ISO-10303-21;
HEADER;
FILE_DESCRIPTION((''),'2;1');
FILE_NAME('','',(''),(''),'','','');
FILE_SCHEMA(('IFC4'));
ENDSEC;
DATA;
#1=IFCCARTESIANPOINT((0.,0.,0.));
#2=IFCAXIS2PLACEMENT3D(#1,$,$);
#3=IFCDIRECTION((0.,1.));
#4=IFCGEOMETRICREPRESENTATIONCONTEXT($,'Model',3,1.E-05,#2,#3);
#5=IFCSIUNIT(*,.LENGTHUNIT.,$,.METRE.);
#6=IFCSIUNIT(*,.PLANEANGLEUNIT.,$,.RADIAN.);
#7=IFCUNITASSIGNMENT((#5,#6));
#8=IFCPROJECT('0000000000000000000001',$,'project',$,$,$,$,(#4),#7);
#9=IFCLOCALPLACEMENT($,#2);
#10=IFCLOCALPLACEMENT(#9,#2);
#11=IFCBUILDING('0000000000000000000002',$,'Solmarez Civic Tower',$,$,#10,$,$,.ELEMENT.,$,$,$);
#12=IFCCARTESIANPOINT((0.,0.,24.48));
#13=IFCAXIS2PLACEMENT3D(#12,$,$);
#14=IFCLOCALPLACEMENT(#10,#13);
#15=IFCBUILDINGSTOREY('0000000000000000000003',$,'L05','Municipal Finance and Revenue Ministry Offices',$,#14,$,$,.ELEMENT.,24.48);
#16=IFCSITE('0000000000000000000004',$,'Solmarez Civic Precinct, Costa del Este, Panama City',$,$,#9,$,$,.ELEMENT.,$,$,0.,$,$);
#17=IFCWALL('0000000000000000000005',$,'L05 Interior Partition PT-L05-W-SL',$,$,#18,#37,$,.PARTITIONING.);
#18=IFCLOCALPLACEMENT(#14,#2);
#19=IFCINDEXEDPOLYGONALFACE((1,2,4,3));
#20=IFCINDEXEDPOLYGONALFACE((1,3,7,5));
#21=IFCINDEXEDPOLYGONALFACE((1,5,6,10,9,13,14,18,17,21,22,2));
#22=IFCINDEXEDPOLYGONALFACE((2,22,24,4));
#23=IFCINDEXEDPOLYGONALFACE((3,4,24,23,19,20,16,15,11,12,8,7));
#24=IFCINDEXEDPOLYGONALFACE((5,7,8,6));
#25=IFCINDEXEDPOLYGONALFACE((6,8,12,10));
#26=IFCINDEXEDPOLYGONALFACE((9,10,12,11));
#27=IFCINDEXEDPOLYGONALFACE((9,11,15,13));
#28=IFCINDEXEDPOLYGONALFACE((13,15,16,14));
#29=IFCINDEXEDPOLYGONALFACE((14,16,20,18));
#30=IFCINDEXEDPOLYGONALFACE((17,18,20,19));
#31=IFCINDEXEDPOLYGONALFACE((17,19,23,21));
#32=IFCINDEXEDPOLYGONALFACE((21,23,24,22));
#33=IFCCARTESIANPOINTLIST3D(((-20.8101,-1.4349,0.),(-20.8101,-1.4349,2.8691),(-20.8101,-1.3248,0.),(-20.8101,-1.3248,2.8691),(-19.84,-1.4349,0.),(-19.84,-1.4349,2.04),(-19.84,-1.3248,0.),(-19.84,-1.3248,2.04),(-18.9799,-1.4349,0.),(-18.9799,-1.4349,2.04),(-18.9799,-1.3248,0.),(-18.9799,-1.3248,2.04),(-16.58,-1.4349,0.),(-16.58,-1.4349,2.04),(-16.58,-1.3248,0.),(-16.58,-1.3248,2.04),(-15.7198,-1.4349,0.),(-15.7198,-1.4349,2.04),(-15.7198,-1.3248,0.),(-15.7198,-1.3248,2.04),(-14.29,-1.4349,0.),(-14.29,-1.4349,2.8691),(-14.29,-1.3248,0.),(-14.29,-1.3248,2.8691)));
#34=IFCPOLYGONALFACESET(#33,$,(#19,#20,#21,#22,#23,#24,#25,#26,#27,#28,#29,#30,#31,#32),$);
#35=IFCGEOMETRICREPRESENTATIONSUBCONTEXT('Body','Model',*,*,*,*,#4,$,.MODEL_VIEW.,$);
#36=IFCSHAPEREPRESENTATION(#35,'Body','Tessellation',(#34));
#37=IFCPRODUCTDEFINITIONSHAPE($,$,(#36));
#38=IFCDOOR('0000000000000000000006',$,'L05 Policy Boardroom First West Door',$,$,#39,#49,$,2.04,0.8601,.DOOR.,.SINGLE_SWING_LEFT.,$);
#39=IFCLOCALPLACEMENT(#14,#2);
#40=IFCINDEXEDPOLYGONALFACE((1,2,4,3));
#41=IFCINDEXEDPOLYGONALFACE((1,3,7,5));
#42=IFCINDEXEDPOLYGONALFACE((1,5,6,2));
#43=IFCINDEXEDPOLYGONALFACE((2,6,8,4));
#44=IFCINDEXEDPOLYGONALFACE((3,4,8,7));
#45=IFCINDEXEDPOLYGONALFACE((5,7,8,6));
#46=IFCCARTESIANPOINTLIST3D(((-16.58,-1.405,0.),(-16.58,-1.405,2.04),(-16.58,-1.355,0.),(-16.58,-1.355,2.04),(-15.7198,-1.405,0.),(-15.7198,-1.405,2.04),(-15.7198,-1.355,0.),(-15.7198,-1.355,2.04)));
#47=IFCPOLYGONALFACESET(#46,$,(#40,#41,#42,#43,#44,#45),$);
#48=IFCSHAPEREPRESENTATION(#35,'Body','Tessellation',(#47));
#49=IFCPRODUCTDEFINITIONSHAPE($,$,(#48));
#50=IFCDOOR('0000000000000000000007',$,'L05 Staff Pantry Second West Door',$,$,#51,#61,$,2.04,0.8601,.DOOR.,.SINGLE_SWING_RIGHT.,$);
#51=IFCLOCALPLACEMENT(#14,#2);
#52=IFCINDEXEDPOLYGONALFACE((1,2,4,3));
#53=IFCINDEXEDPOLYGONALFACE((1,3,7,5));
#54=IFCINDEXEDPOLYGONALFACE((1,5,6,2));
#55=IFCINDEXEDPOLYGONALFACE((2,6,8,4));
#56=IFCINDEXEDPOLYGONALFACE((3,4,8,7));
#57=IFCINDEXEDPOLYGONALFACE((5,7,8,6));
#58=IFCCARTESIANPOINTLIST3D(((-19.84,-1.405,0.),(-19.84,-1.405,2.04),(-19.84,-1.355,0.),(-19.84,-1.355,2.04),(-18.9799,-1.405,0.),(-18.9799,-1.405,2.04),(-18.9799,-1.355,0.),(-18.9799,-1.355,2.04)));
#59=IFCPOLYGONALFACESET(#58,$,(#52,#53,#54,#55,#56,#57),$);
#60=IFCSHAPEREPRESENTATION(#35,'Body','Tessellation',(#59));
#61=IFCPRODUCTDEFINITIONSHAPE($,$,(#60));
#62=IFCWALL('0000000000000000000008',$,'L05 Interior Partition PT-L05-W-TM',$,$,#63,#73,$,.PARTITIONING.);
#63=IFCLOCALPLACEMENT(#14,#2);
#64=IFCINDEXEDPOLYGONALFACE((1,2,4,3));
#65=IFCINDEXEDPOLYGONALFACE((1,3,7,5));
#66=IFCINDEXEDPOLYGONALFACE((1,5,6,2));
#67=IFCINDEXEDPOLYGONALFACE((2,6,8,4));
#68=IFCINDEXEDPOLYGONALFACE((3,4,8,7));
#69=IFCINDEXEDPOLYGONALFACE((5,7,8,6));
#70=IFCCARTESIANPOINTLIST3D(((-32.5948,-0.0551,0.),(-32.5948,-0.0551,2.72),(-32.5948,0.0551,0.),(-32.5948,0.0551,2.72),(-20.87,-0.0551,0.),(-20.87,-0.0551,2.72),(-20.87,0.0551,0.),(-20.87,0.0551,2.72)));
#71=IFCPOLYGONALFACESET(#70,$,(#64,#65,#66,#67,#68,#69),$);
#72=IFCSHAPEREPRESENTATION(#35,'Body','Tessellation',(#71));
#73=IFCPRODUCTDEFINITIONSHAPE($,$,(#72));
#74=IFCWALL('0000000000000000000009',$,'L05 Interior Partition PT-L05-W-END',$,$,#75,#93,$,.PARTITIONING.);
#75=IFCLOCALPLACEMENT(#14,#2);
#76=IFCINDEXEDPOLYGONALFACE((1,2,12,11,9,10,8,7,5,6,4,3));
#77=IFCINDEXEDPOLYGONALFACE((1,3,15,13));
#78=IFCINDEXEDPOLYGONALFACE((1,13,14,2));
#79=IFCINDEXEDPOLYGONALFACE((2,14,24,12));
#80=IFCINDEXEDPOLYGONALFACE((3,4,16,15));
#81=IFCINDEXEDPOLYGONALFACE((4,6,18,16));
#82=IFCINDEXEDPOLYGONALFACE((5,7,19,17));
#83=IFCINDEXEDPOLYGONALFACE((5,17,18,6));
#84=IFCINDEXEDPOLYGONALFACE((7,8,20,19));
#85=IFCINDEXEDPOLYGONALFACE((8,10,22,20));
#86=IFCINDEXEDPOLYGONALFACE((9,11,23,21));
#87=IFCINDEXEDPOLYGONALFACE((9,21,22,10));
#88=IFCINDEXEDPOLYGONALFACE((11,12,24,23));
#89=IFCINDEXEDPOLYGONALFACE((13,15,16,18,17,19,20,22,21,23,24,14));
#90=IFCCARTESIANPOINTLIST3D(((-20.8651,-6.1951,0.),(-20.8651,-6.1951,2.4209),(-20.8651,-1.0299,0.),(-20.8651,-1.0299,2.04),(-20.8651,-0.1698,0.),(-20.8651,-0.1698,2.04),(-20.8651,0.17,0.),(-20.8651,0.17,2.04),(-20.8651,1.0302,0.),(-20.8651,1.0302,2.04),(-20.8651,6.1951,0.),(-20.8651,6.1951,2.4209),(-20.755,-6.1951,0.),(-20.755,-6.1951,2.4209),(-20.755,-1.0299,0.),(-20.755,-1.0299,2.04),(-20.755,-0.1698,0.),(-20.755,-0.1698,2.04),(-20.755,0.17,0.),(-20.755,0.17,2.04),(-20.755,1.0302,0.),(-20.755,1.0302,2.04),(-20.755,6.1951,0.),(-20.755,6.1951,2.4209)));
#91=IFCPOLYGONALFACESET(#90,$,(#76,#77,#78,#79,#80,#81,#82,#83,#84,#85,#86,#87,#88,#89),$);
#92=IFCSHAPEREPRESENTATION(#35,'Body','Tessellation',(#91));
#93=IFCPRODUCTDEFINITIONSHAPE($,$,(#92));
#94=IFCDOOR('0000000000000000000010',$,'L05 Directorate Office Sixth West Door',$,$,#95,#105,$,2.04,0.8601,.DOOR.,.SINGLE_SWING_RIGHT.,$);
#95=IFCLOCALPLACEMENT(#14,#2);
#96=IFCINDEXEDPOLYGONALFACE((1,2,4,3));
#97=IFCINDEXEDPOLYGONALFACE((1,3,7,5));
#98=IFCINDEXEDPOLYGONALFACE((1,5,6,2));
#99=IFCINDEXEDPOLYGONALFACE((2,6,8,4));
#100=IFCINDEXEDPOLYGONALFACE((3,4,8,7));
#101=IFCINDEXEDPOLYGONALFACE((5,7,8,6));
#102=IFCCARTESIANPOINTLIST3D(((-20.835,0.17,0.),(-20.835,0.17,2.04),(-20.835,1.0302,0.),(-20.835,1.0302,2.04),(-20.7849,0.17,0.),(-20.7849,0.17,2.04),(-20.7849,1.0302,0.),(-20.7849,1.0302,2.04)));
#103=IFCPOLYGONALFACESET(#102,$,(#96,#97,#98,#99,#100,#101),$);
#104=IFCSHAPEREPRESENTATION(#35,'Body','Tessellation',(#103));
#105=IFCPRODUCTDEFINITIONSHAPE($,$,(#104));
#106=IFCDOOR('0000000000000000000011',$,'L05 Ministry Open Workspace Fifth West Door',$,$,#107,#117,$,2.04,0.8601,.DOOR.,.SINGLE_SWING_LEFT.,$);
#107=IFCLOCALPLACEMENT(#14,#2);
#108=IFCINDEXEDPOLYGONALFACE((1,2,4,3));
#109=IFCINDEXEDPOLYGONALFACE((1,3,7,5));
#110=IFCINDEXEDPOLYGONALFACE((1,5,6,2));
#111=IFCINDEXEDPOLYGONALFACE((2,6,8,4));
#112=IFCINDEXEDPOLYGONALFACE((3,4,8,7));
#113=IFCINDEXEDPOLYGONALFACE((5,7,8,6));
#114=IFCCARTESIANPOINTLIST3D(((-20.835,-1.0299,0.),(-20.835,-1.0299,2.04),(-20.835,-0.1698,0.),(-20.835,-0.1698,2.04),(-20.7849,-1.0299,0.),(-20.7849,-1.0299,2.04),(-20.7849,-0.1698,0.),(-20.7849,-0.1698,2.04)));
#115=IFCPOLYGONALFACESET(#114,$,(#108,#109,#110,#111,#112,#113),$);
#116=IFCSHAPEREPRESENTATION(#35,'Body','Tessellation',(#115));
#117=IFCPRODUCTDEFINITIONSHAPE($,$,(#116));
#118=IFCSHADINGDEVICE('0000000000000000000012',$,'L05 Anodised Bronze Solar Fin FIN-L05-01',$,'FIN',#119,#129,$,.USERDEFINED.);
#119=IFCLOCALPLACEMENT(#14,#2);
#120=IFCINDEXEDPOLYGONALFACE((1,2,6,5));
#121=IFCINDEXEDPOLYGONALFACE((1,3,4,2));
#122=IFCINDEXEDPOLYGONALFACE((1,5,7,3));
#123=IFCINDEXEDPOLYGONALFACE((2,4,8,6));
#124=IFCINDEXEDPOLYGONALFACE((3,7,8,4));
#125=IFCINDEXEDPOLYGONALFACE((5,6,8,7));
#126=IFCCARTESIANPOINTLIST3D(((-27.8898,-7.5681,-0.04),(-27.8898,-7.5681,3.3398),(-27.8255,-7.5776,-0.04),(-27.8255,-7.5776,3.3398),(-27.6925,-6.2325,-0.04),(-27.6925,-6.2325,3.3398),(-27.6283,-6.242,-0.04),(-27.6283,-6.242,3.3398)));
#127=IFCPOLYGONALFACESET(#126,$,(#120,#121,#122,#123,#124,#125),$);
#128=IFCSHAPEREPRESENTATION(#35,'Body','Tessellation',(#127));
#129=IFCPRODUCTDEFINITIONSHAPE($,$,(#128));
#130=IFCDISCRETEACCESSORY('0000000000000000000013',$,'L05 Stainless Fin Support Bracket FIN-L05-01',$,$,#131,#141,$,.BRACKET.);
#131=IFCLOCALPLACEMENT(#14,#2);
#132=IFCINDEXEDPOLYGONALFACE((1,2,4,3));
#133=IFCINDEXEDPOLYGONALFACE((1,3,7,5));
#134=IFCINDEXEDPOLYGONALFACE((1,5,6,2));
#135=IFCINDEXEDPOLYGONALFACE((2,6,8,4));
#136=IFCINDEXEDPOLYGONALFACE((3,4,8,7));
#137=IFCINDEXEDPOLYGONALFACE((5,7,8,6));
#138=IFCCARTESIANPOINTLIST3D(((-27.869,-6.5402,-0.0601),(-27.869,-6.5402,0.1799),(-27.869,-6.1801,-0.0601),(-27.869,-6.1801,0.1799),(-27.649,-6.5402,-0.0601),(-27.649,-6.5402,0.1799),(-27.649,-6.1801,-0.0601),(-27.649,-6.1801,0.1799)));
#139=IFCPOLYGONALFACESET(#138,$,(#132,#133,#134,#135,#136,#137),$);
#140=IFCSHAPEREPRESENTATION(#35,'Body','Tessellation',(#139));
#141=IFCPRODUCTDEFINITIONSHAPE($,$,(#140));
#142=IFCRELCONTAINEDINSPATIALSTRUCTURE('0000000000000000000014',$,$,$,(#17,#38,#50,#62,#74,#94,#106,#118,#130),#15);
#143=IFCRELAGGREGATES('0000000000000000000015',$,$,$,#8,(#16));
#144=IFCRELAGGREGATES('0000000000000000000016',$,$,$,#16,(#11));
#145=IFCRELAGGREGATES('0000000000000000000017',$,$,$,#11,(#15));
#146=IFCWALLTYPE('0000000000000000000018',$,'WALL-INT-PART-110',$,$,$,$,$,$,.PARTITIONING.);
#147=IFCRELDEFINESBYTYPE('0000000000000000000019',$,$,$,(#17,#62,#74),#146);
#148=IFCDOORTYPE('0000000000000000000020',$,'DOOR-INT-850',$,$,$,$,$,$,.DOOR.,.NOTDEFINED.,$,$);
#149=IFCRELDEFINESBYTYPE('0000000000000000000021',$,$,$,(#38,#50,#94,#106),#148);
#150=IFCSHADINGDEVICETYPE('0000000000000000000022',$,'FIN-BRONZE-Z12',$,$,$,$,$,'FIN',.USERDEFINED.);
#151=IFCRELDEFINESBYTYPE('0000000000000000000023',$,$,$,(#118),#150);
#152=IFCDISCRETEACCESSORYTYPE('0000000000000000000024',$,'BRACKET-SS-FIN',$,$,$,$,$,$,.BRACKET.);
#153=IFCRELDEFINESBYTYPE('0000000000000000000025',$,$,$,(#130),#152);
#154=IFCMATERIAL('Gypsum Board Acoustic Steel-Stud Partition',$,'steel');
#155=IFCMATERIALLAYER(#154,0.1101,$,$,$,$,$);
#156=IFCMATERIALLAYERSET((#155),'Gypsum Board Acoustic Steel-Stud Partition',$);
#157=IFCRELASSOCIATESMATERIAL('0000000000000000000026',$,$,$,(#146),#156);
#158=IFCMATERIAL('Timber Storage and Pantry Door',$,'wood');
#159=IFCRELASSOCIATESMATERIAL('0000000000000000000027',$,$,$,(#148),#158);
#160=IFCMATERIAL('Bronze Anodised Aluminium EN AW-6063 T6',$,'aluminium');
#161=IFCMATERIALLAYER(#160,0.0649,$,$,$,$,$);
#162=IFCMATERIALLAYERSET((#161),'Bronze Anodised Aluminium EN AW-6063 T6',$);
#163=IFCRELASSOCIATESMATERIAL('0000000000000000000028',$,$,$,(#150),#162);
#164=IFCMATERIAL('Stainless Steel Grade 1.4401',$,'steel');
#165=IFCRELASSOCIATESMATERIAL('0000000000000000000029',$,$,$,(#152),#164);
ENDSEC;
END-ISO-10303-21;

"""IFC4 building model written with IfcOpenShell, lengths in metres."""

from ifc_helpers import new_model, si_unit, direction, frame, frame_2d, origin, origin_2d, place, context, subcontext, project, spatial, rectangle, extrude, material, layer, layer_set, type_object, element, fill, save


model = new_model("IFC4")

# Units and contexts
model_context = context("Model", 3, precision=1e-05, world=origin(), true_north=direction((0.0, 1.0)))
body_context = subcontext(model_context, "Body", "Model", "MODEL_VIEW")
ifc_project = project(units=[si_unit("LENGTHUNIT", "METRE"), si_unit("PLANEANGLEUNIT", "RADIAN")], contexts=[model_context])

# Site, building, storey
site_placement = place(None, origin())
site = spatial("IfcSite", under=ifc_project, at=site_placement, Name="Solmarez Civic Precinct, Costa del Este, Panama City", CompositionType="ELEMENT", RefElevation=0.0)
building_placement = place(site_placement, origin())
building = spatial("IfcBuilding", under=site, at=building_placement, Name="Solmarez Civic Tower", CompositionType="ELEMENT")
storey_placement = place(building_placement, frame((0.0, 0.0, 24.48)))
storey = spatial("IfcBuildingStorey", under=building, at=storey_placement, Name="L05", Description="Municipal Finance and Revenue Ministry Offices", CompositionType="ELEMENT", Elevation=24.48)

# Shared definitions
ifc_material_1 = material(Name="Gypsum Board Acoustic Steel-Stud Partition", Category="steel")
ifc_layer_1 = layer(ifc_material_1, 0.1101)
ifc_layer_set_1 = layer_set([ifc_layer_1], Name="Gypsum Board Acoustic Steel-Stud Partition")
wall_type_1 = type_object("IfcWallType", Name="WALL-INT-PART-110", PredefinedType="PARTITIONING", material=ifc_layer_set_1)

# Wall, openings, doors
wall_1_placement = place(storey_placement, frame((-20.8101, -1.3799, 0.0), z_axis=(0.0, 0.0, 1.0), x_axis=(1.0, 0.0, 0.0)))
wall_1 = element("IfcWall", 1, at=wall_1_placement, inside=storey, type_object=wall_type_1, Name="L05 Interior Partition PT-L05-W-SL", PredefinedType="PARTITIONING", context=body_context, shape_type="SweptSolid", body=[
    extrude(rectangle(XDim=6.52, YDim=0.1101, at=frame_2d((3.26, 0.0))), origin(), (0.0, 0.0, 1.0), 2.8691),
])
opening_1_placement = place(wall_1_placement, frame((4.23, 0.0, 0.0)))
opening_1 = element("IfcOpeningElement", 2, at=opening_1_placement, cuts=wall_1, PredefinedType="OPENING", context=body_context, shape_type="SweptSolid", body=[
    extrude(rectangle(XDim=0.8601, YDim=2.04, at=frame_2d((0.4302, 1.02))), frame((0.0, 0.0649, 0.0), z_axis=(0.0, -1.0, 0.0), x_axis=(1.0, 0.0, 0.0)), (0.0, 0.0, 1.0), 0.1301),
])
opening_2_placement = place(wall_1_placement, frame((0.97, 0.0, 0.0)))
opening_2 = element("IfcOpeningElement", 3, at=opening_2_placement, cuts=wall_1, PredefinedType="OPENING", context=body_context, shape_type="SweptSolid", body=[
    extrude(rectangle(XDim=0.8601, YDim=2.04, at=frame_2d((0.4302, 1.02))), frame((0.0, 0.0649, 0.0), z_axis=(0.0, -1.0, 0.0), x_axis=(1.0, 0.0, 0.0)), (0.0, 0.0, 1.0), 0.1301),
])
ifc_material_2 = material(Name="Timber Storage and Pantry Door", Category="wood")
door_type = type_object("IfcDoorType", Name="DOOR-INT-850", OperationType="NOTDEFINED", PredefinedType="DOOR", material=ifc_material_2)
door_1_placement = place(opening_1_placement, origin())
door_1 = element("IfcDoor", 4, at=door_1_placement, inside=storey, type_object=door_type, Name="L05 Policy Boardroom First West Door", OperationType="SINGLE_SWING_LEFT", OverallHeight=2.04, OverallWidth=0.8601, PredefinedType="DOOR", context=body_context, shape_type="SweptSolid", body=[
    extrude(rectangle(XDim=0.8601, YDim=2.04, at=frame_2d((0.4302, 1.02))), frame((0.0, 0.0249, 0.0), z_axis=(0.0, -1.0, 0.0), x_axis=(1.0, 0.0, 0.0)), (0.0, 0.0, 1.0), 0.05),
])
fill(opening_1, door_1)
door_2_placement = place(opening_2_placement, origin())
door_2 = element("IfcDoor", 5, at=door_2_placement, inside=storey, type_object=door_type, Name="L05 Staff Pantry Second West Door", OperationType="SINGLE_SWING_RIGHT", OverallHeight=2.04, OverallWidth=0.8601, PredefinedType="DOOR", context=body_context, shape_type="SweptSolid", body=[
    extrude(rectangle(XDim=0.8601, YDim=2.04, at=frame_2d((0.4302, 1.02))), frame((0.0, 0.0249, 0.0), z_axis=(0.0, -1.0, 0.0), x_axis=(1.0, 0.0, 0.0)), (0.0, 0.0, 1.0), 0.05),
])
fill(opening_2, door_2)

# Wall
wall_2_placement = place(storey_placement, frame((-20.8701, 0.0, 0.0), z_axis=(0.0, 0.0, 1.0), x_axis=(-1.0, 0.0, 0.0)))
element("IfcWall", 6, at=wall_2_placement, inside=storey, type_object=wall_type_1, Name="L05 Interior Partition PT-L05-W-TM", PredefinedType="PARTITIONING", context=body_context, shape_type="SweptSolid", body=[
    extrude(rectangle(XDim=11.7249, YDim=0.1101, at=frame_2d((5.8623, 0.0))), origin(), (0.0, 0.0, 1.0), 2.72),
])

# Wall, openings, doors
wall_3_placement = place(storey_placement, frame((-20.8101, -6.1951, 0.0), z_axis=(0.0, 0.0, 1.0), x_axis=(0.0, 1.0, 0.0)))
wall_3 = element("IfcWall", 7, at=wall_3_placement, inside=storey, type_object=wall_type_1, Name="L05 Interior Partition PT-L05-W-END", PredefinedType="PARTITIONING", context=body_context, shape_type="SweptSolid", body=[
    extrude(rectangle(XDim=12.3901, YDim=0.1101, at=frame_2d((6.1951, 0.0))), origin(), (0.0, 0.0, 1.0), 2.4209),
])
opening_3_placement = place(wall_3_placement, frame((6.365, 0.0, 0.0)))
opening_3 = element("IfcOpeningElement", 8, at=opening_3_placement, cuts=wall_3, PredefinedType="OPENING", context=body_context, shape_type="SweptSolid", body=[
    extrude(rectangle(XDim=0.8601, YDim=2.04, at=frame_2d((0.4302, 1.02))), frame((0.0, 0.0649, 0.0), z_axis=(0.0, -1.0, 0.0), x_axis=(1.0, 0.0, 0.0)), (0.0, 0.0, 1.0), 0.1301),
])
opening_4_placement = place(wall_3_placement, frame((5.165, 0.0, 0.0)))
opening_4 = element("IfcOpeningElement", 9, at=opening_4_placement, cuts=wall_3, PredefinedType="OPENING", context=body_context, shape_type="SweptSolid", body=[
    extrude(rectangle(XDim=0.8601, YDim=2.04, at=frame_2d((0.4302, 1.02))), frame((0.0, 0.0649, 0.0), z_axis=(0.0, -1.0, 0.0), x_axis=(1.0, 0.0, 0.0)), (0.0, 0.0, 1.0), 0.1301),
])
door_3_placement = place(opening_3_placement, origin())
door_3 = element("IfcDoor", 10, at=door_3_placement, inside=storey, type_object=door_type, Name="L05 Directorate Office Sixth West Door", OperationType="SINGLE_SWING_RIGHT", OverallHeight=2.04, OverallWidth=0.8601, PredefinedType="DOOR", context=body_context, shape_type="SweptSolid", body=[
    extrude(rectangle(XDim=0.8601, YDim=2.04, at=frame_2d((0.4302, 1.02))), frame((0.0, 0.0249, 0.0), z_axis=(0.0, -1.0, 0.0), x_axis=(1.0, 0.0, 0.0)), (0.0, 0.0, 1.0), 0.05),
])
fill(opening_3, door_3)
door_4_placement = place(opening_4_placement, origin())
door_4 = element("IfcDoor", 11, at=door_4_placement, inside=storey, type_object=door_type, Name="L05 Ministry Open Workspace Fifth West Door", OperationType="SINGLE_SWING_LEFT", OverallHeight=2.04, OverallWidth=0.8601, PredefinedType="DOOR", context=body_context, shape_type="SweptSolid", body=[
    extrude(rectangle(XDim=0.8601, YDim=2.04, at=frame_2d((0.4302, 1.02))), frame((0.0, 0.0249, 0.0), z_axis=(0.0, -1.0, 0.0), x_axis=(1.0, 0.0, 0.0)), (0.0, 0.0, 1.0), 0.05),
])
fill(opening_4, door_4)

# Shading device
ifc_material_3 = material(Name="Bronze Anodised Aluminium EN AW-6063 T6", Category="aluminium")
ifc_layer_2 = layer(ifc_material_3, 0.0649)
ifc_layer_set_2 = layer_set([ifc_layer_2], Name="Bronze Anodised Aluminium EN AW-6063 T6")
shading_device_type = type_object("IfcShadingDeviceType", Name="FIN-BRONZE-Z12", ElementType="FIN", PredefinedType="USERDEFINED", material=ifc_layer_set_2)
shading_device_placement = place(storey_placement, frame((-27.759, -6.905, -0.04), z_axis=(0.0, 0.0, 1.0), x_axis=(-0.146083, -0.989272, 0.0)))
element("IfcShadingDevice", 12, at=shading_device_placement, inside=storey, type_object=shading_device_type, Name="L05 Anodised Bronze Solar Fin FIN-L05-01", ObjectType="FIN", PredefinedType="USERDEFINED", context=body_context, shape_type="SweptSolid", body=[
    extrude(rectangle(XDim=1.3501, YDim=0.0649, at=origin_2d()), origin(), (0.0, 0.0, 1.0), 3.3799),
])

# Discrete accessory
ifc_material_4 = material(Name="Stainless Steel Grade 1.4401", Category="steel")
discrete_accessory_type = type_object("IfcDiscreteAccessoryType", Name="BRACKET-SS-FIN", PredefinedType="BRACKET", material=ifc_material_4)
discrete_accessory_placement = place(storey_placement, frame((-27.759, -6.3601, -0.0601), z_axis=(0.0, 0.0, 1.0), x_axis=(0.0, -1.0, 0.0)))
element("IfcDiscreteAccessory", 13, at=discrete_accessory_placement, inside=storey, type_object=discrete_accessory_type, Name="L05 Stainless Fin Support Bracket FIN-L05-01", PredefinedType="BRACKET", context=body_context, shape_type="SweptSolid", body=[
    extrude(rectangle(XDim=0.3601, YDim=0.22, at=origin_2d()), origin(), (0.0, 0.0, 1.0), 0.24),
])

save(model, "model.ifc")
